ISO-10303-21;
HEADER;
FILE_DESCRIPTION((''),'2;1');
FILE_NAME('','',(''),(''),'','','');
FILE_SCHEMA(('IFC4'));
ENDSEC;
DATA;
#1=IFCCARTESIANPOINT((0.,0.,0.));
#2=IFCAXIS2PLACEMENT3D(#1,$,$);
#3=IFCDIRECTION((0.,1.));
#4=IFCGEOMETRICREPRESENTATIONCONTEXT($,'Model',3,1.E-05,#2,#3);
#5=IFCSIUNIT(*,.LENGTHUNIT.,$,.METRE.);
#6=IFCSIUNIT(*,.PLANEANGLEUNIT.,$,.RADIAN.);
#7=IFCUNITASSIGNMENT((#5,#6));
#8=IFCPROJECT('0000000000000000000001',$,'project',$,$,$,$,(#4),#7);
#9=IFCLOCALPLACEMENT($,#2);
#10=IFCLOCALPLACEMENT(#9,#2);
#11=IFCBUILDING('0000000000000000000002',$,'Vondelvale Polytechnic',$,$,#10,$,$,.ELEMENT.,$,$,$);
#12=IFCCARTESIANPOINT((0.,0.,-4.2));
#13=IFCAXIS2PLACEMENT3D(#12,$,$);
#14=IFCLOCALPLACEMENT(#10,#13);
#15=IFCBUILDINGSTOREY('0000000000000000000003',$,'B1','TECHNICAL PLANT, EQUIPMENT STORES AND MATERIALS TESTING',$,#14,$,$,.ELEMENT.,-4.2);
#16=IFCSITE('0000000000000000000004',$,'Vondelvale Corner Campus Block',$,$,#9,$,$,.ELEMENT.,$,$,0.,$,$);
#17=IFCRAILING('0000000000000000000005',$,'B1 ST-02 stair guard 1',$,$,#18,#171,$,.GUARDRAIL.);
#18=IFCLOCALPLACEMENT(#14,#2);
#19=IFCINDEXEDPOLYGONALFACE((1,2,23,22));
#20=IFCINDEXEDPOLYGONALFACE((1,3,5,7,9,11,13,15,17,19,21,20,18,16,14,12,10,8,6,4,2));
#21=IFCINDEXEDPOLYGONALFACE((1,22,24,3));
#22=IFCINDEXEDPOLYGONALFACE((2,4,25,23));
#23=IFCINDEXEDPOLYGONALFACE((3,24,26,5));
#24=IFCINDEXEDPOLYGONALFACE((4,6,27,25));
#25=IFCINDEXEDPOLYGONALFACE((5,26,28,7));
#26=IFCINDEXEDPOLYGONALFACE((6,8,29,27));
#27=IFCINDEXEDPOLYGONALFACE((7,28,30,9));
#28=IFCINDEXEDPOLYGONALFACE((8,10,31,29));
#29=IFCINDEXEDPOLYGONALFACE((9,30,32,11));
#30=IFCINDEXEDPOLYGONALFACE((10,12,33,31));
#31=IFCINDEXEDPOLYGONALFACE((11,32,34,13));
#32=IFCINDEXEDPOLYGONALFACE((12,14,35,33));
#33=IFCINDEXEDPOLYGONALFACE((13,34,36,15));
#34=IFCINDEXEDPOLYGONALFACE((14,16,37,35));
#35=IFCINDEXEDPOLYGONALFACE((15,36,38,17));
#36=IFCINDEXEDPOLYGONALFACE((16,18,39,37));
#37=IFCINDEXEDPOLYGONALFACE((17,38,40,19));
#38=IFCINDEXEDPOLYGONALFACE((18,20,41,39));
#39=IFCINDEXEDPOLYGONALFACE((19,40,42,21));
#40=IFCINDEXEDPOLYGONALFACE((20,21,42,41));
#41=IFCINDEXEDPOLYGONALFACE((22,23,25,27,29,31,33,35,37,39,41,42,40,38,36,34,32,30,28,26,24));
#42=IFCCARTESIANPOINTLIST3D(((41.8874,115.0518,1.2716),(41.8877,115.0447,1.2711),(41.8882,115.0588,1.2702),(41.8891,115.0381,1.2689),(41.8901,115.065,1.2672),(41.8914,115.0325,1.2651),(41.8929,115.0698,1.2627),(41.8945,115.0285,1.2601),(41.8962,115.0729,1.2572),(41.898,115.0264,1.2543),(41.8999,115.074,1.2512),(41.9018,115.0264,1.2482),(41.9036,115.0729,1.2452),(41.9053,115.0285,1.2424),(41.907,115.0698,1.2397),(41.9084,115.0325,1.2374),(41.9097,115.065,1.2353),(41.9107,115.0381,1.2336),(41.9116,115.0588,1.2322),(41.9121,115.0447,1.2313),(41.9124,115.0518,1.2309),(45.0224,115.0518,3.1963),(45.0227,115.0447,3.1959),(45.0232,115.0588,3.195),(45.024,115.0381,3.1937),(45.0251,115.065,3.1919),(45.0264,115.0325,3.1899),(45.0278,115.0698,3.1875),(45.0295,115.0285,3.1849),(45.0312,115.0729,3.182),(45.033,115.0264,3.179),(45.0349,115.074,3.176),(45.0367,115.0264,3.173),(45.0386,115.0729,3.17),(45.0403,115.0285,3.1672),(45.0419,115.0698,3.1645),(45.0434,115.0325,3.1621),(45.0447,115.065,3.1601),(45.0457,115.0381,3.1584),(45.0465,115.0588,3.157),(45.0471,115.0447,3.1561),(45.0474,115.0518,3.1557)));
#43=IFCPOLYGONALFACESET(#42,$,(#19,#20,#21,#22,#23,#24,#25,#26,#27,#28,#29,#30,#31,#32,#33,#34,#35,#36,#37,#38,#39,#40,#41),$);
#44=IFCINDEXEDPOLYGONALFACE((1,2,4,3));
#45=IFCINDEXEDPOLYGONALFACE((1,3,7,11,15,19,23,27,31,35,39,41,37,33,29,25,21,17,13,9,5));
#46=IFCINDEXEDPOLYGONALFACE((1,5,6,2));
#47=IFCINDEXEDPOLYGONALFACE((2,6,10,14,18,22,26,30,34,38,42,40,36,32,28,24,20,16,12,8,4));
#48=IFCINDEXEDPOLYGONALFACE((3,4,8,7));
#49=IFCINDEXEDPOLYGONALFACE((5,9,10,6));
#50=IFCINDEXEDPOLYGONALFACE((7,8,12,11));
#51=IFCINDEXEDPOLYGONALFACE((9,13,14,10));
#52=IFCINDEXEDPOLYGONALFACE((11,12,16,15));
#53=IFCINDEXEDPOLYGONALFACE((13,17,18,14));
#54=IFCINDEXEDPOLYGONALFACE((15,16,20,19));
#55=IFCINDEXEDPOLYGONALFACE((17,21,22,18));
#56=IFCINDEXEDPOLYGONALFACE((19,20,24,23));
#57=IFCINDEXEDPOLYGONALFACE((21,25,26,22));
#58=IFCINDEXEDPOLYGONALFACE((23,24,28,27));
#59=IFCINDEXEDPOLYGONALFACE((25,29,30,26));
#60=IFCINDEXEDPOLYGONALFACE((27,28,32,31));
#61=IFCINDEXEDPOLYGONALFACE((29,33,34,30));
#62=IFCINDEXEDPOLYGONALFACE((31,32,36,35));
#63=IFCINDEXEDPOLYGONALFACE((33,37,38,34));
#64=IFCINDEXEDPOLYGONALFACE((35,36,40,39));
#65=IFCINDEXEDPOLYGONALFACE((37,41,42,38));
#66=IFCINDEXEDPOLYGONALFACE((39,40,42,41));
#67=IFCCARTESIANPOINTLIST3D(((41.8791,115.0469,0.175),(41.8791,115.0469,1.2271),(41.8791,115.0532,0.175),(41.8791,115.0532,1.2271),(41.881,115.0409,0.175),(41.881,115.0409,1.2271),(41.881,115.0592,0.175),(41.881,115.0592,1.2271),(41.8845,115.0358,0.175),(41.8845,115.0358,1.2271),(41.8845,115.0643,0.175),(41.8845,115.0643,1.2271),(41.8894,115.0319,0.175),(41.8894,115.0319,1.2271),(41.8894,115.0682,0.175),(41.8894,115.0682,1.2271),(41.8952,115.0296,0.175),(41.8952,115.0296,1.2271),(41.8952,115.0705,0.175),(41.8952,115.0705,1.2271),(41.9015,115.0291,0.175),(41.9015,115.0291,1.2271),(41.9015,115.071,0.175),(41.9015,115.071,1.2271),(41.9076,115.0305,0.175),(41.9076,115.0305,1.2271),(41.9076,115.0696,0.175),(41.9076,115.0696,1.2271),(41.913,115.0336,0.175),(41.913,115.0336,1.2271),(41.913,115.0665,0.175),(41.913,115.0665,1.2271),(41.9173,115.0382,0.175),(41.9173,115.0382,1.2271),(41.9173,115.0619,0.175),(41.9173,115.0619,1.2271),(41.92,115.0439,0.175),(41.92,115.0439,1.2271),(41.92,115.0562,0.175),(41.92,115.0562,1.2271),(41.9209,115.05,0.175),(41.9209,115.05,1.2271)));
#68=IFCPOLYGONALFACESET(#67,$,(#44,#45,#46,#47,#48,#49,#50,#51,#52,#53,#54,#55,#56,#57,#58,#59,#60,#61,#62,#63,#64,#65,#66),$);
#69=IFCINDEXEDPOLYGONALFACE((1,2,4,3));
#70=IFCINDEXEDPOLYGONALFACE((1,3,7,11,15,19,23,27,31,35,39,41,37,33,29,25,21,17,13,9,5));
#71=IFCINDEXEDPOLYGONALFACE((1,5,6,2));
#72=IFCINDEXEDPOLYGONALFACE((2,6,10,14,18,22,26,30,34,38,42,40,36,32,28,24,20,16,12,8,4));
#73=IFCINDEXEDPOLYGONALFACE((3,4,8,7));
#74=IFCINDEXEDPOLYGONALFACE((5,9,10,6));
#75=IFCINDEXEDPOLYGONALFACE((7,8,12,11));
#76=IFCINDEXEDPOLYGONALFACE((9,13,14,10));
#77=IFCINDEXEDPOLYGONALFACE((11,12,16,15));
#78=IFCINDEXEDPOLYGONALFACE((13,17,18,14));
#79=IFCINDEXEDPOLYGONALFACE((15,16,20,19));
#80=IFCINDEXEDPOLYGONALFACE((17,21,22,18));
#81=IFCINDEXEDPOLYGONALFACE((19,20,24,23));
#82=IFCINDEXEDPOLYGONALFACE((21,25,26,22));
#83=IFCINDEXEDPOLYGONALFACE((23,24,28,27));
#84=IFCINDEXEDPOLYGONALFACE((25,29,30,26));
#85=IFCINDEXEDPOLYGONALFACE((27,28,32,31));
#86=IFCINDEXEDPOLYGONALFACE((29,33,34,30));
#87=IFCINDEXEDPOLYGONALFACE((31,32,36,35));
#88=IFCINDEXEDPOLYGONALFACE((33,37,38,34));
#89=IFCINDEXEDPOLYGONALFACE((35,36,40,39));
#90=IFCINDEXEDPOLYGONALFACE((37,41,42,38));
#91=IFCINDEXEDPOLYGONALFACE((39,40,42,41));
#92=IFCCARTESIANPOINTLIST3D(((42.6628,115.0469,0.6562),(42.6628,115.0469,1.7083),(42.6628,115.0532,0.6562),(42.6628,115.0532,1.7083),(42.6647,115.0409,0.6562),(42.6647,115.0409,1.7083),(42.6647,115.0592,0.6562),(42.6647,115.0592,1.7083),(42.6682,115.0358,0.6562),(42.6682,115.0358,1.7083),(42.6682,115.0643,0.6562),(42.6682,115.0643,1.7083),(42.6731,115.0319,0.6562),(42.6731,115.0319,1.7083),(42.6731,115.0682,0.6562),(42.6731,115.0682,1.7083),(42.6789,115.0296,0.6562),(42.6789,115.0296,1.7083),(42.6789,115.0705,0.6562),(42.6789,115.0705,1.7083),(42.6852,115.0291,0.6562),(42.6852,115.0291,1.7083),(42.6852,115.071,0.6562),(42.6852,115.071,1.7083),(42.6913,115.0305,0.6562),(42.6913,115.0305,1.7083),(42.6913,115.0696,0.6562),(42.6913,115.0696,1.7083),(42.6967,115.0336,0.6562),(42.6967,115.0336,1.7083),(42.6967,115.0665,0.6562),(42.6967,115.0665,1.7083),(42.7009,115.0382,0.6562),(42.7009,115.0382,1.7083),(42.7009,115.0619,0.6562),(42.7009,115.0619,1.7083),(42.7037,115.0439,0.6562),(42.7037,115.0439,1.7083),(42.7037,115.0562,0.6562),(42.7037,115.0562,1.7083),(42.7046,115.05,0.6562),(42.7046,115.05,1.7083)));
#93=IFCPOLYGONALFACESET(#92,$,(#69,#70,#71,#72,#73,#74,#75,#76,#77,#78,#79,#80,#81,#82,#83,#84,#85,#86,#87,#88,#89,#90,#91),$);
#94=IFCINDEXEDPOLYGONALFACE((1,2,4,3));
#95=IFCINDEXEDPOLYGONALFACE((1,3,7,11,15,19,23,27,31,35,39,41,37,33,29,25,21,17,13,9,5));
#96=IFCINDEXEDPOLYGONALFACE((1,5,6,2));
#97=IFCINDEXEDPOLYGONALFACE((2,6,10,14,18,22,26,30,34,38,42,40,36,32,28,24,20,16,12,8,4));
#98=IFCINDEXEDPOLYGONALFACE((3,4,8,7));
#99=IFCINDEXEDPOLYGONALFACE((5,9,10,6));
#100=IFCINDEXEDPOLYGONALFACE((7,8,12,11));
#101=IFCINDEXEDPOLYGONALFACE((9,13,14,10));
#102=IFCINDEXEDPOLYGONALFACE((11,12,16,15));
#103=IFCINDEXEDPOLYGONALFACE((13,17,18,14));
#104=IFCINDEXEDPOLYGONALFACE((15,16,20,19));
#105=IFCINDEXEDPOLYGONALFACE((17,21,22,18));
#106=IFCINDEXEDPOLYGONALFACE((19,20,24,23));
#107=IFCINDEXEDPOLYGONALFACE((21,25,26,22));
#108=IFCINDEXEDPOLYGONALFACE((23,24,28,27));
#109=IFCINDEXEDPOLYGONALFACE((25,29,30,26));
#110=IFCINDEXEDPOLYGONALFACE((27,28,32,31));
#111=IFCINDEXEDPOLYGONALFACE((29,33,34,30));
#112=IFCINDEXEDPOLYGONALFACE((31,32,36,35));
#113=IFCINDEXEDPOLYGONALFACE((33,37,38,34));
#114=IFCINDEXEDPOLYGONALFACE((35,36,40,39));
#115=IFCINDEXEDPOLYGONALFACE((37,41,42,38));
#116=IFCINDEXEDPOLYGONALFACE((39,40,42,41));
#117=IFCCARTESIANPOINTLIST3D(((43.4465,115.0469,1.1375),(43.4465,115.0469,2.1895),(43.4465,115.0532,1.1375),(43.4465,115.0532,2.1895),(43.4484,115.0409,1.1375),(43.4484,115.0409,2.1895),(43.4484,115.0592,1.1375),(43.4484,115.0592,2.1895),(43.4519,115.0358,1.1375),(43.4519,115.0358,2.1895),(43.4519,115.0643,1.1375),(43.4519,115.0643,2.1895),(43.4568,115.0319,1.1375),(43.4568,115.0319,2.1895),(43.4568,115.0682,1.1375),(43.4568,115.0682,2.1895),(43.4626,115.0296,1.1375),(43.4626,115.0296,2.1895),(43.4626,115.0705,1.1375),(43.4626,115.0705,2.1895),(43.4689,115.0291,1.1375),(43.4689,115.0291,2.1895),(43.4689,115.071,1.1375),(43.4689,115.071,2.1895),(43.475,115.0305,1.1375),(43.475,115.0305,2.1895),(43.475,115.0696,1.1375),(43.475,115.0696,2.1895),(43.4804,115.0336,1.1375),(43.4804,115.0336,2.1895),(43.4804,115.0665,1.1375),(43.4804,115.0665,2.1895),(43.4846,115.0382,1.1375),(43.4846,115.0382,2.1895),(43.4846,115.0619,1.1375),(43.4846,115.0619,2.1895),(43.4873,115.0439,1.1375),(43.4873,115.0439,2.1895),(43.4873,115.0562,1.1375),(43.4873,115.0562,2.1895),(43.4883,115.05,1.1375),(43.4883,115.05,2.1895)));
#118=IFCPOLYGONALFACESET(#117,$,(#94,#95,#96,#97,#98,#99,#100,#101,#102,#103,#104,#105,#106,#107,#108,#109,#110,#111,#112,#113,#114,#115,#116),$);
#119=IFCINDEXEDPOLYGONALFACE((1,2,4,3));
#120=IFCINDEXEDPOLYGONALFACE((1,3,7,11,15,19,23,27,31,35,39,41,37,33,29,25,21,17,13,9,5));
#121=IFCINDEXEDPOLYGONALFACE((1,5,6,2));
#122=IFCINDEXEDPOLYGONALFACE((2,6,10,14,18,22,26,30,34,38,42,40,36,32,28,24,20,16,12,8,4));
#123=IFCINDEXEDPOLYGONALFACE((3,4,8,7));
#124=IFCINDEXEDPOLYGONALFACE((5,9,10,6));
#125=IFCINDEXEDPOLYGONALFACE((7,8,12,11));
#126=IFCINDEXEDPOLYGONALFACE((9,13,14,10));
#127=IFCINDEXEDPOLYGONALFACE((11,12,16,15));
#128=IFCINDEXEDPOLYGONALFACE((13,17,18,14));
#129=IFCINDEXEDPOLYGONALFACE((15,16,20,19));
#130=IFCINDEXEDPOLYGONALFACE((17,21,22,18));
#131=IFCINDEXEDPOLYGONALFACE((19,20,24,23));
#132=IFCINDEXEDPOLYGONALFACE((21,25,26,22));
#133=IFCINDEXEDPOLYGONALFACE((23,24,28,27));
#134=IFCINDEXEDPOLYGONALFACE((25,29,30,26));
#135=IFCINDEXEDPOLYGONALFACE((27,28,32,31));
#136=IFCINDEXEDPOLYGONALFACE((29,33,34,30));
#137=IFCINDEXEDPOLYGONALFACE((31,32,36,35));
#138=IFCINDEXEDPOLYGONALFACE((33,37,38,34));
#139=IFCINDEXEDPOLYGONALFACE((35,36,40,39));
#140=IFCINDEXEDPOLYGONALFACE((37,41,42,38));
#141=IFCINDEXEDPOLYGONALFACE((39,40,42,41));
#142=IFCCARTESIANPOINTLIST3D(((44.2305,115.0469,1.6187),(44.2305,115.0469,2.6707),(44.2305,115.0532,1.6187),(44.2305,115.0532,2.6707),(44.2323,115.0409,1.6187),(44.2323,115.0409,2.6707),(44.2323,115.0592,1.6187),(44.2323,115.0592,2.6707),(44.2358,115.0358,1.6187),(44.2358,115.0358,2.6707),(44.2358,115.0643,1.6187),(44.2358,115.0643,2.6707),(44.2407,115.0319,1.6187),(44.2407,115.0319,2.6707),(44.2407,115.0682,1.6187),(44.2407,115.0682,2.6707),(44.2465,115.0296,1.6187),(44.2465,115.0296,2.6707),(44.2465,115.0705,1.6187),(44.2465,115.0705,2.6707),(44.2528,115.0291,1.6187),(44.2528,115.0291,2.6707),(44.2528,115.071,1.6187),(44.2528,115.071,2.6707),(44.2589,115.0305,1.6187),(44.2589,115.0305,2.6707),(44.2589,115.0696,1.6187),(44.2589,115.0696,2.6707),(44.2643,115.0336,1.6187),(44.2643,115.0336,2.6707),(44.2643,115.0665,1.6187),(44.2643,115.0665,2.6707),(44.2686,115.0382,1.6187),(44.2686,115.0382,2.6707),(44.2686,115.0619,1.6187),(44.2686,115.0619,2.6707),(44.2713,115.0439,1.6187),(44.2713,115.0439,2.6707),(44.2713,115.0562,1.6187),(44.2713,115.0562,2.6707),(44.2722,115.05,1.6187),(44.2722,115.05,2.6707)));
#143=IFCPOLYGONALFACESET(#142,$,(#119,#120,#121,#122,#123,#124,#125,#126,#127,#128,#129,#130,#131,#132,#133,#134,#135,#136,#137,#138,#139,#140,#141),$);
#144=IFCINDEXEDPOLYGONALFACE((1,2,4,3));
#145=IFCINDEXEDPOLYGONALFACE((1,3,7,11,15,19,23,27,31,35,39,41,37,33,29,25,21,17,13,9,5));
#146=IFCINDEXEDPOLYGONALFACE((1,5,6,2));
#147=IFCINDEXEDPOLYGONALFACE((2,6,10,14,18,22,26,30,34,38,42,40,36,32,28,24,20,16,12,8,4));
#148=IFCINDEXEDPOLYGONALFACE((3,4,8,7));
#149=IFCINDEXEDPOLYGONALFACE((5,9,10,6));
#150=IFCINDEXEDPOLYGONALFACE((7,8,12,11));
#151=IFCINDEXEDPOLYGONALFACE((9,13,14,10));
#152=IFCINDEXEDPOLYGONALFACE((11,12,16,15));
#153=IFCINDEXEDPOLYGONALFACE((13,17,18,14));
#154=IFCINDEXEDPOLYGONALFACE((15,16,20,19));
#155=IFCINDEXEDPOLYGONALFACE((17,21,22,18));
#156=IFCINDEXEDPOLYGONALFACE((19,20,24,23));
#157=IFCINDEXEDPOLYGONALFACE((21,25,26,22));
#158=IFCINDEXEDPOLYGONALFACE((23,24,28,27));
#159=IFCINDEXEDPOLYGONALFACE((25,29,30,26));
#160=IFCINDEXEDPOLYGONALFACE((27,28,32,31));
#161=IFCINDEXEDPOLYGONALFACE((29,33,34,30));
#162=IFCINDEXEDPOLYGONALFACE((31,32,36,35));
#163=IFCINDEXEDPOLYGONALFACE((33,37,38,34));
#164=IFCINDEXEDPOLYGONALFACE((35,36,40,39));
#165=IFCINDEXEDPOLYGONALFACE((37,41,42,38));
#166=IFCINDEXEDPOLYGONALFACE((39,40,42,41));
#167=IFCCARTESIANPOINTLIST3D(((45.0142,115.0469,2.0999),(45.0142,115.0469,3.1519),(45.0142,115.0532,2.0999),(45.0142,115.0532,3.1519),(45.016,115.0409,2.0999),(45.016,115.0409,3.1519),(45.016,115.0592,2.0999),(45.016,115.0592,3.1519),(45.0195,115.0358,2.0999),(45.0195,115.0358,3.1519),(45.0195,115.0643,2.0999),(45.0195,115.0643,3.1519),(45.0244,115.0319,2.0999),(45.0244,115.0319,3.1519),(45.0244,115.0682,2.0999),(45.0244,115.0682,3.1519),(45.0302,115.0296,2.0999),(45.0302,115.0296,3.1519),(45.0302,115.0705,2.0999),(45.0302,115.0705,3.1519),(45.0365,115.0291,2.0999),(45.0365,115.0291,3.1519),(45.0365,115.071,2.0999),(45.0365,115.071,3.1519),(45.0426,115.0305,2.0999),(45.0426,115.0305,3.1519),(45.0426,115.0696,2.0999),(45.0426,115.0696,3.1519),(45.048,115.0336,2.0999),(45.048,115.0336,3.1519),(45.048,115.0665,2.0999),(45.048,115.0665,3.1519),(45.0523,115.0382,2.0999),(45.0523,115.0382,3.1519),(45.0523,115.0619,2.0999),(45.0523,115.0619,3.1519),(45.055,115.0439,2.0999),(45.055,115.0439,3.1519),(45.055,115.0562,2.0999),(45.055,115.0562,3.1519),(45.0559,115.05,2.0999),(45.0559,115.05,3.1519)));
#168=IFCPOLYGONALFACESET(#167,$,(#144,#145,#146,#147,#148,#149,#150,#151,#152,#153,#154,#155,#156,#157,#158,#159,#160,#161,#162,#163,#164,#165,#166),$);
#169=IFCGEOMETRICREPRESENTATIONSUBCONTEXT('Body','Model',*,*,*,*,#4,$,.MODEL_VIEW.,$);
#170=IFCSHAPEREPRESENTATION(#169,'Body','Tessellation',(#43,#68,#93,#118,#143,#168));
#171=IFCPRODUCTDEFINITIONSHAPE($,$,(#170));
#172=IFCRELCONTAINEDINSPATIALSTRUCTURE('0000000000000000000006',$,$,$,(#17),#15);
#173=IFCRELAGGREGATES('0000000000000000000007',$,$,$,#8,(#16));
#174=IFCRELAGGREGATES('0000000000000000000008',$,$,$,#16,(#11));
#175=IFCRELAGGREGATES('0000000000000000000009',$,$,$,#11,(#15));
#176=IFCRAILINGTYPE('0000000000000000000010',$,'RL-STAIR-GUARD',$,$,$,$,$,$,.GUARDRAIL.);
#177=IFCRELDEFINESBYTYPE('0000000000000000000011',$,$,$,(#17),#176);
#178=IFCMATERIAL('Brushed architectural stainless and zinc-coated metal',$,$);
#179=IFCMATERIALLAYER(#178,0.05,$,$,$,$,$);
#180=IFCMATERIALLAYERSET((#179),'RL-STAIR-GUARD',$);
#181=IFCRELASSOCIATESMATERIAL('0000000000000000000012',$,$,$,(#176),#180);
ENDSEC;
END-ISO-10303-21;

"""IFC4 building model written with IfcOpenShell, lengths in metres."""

from ifc_helpers import new_model, si_unit, direction, frame, origin, origin_2d, place, context, subcontext, project, spatial, circle, extrude, material, layer, layer_set, type_object, element, save


model = new_model("IFC4")

# Units and contexts
model_context = context("Model", 3, precision=1e-05, world=origin(), true_north=direction((0.0, 1.0)))
body_context = subcontext(model_context, "Body", "Model", "MODEL_VIEW")
ifc_project = project(units=[si_unit("LENGTHUNIT", "METRE"), si_unit("PLANEANGLEUNIT", "RADIAN")], contexts=[model_context])

# Site, building, storey
site_placement = place(None, origin())
site = spatial("IfcSite", under=ifc_project, at=site_placement, Name="Vondelvale Corner Campus Block", CompositionType="ELEMENT", RefElevation=0.0)
building_placement = place(site_placement, origin())
building = spatial("IfcBuilding", under=site, at=building_placement, Name="Vondelvale Polytechnic", CompositionType="ELEMENT")
storey_placement = place(building_placement, frame((0.0, 0.0, -4.2)))
storey = spatial("IfcBuildingStorey", under=building, at=storey_placement, Name="B1", Description="TECHNICAL PLANT, EQUIPMENT STORES AND MATERIALS TESTING", CompositionType="ELEMENT", Elevation=-4.2)

# Shared definitions
ifc_material_1 = material(Name="Brushed architectural stainless and zinc-coated metal")

# Railing
ifc_layer_1 = layer(ifc_material_1, 0.05)
ifc_layer_set_1 = layer_set([ifc_layer_1], Name="RL-STAIR-GUARD")
railing_type_1 = type_object("IfcRailingType", Name="RL-STAIR-GUARD", PredefinedType="GUARDRAIL", material=ifc_layer_set_1)
railing_1_placement = place(storey_placement, frame((41.8999, 115.05, 0.175)))
element("IfcRailing", 1, at=railing_1_placement, inside=storey, type_object=railing_type_1, Name="B1 ST-02 stair guard 1", PredefinedType="GUARDRAIL", context=body_context, shape_type="SweptSolid", body=[
    extrude(circle(Radius=0.0239, at=origin_2d()), frame((0.0, 0.0, 1.0762), z_axis=(0.852196, 0.0, 0.523223), x_axis=(0.0, 1.0, 0.0)), (0.0, 0.0, 1.0), 3.6787),
    extrude(circle(Radius=0.021, at=origin_2d()), origin(), (0.0, 0.0, 1.0), 1.052),
    extrude(circle(Radius=0.021, at=origin_2d()), frame((0.7837, 0.0, 0.4812)), (0.0, 0.0, 1.0), 1.052),
    extrude(circle(Radius=0.021, at=origin_2d()), frame((1.5674, 0.0, 0.9624)), (0.0, 0.0, 1.0), 1.052),
    extrude(circle(Radius=0.021, at=origin_2d()), frame((2.3513, 0.0, 1.4436)), (0.0, 0.0, 1.0), 1.052),
    extrude(circle(Radius=0.021, at=origin_2d()), frame((3.135, 0.0, 1.9248)), (0.0, 0.0, 1.0), 1.052),
])

save(model, "model.ifc")
